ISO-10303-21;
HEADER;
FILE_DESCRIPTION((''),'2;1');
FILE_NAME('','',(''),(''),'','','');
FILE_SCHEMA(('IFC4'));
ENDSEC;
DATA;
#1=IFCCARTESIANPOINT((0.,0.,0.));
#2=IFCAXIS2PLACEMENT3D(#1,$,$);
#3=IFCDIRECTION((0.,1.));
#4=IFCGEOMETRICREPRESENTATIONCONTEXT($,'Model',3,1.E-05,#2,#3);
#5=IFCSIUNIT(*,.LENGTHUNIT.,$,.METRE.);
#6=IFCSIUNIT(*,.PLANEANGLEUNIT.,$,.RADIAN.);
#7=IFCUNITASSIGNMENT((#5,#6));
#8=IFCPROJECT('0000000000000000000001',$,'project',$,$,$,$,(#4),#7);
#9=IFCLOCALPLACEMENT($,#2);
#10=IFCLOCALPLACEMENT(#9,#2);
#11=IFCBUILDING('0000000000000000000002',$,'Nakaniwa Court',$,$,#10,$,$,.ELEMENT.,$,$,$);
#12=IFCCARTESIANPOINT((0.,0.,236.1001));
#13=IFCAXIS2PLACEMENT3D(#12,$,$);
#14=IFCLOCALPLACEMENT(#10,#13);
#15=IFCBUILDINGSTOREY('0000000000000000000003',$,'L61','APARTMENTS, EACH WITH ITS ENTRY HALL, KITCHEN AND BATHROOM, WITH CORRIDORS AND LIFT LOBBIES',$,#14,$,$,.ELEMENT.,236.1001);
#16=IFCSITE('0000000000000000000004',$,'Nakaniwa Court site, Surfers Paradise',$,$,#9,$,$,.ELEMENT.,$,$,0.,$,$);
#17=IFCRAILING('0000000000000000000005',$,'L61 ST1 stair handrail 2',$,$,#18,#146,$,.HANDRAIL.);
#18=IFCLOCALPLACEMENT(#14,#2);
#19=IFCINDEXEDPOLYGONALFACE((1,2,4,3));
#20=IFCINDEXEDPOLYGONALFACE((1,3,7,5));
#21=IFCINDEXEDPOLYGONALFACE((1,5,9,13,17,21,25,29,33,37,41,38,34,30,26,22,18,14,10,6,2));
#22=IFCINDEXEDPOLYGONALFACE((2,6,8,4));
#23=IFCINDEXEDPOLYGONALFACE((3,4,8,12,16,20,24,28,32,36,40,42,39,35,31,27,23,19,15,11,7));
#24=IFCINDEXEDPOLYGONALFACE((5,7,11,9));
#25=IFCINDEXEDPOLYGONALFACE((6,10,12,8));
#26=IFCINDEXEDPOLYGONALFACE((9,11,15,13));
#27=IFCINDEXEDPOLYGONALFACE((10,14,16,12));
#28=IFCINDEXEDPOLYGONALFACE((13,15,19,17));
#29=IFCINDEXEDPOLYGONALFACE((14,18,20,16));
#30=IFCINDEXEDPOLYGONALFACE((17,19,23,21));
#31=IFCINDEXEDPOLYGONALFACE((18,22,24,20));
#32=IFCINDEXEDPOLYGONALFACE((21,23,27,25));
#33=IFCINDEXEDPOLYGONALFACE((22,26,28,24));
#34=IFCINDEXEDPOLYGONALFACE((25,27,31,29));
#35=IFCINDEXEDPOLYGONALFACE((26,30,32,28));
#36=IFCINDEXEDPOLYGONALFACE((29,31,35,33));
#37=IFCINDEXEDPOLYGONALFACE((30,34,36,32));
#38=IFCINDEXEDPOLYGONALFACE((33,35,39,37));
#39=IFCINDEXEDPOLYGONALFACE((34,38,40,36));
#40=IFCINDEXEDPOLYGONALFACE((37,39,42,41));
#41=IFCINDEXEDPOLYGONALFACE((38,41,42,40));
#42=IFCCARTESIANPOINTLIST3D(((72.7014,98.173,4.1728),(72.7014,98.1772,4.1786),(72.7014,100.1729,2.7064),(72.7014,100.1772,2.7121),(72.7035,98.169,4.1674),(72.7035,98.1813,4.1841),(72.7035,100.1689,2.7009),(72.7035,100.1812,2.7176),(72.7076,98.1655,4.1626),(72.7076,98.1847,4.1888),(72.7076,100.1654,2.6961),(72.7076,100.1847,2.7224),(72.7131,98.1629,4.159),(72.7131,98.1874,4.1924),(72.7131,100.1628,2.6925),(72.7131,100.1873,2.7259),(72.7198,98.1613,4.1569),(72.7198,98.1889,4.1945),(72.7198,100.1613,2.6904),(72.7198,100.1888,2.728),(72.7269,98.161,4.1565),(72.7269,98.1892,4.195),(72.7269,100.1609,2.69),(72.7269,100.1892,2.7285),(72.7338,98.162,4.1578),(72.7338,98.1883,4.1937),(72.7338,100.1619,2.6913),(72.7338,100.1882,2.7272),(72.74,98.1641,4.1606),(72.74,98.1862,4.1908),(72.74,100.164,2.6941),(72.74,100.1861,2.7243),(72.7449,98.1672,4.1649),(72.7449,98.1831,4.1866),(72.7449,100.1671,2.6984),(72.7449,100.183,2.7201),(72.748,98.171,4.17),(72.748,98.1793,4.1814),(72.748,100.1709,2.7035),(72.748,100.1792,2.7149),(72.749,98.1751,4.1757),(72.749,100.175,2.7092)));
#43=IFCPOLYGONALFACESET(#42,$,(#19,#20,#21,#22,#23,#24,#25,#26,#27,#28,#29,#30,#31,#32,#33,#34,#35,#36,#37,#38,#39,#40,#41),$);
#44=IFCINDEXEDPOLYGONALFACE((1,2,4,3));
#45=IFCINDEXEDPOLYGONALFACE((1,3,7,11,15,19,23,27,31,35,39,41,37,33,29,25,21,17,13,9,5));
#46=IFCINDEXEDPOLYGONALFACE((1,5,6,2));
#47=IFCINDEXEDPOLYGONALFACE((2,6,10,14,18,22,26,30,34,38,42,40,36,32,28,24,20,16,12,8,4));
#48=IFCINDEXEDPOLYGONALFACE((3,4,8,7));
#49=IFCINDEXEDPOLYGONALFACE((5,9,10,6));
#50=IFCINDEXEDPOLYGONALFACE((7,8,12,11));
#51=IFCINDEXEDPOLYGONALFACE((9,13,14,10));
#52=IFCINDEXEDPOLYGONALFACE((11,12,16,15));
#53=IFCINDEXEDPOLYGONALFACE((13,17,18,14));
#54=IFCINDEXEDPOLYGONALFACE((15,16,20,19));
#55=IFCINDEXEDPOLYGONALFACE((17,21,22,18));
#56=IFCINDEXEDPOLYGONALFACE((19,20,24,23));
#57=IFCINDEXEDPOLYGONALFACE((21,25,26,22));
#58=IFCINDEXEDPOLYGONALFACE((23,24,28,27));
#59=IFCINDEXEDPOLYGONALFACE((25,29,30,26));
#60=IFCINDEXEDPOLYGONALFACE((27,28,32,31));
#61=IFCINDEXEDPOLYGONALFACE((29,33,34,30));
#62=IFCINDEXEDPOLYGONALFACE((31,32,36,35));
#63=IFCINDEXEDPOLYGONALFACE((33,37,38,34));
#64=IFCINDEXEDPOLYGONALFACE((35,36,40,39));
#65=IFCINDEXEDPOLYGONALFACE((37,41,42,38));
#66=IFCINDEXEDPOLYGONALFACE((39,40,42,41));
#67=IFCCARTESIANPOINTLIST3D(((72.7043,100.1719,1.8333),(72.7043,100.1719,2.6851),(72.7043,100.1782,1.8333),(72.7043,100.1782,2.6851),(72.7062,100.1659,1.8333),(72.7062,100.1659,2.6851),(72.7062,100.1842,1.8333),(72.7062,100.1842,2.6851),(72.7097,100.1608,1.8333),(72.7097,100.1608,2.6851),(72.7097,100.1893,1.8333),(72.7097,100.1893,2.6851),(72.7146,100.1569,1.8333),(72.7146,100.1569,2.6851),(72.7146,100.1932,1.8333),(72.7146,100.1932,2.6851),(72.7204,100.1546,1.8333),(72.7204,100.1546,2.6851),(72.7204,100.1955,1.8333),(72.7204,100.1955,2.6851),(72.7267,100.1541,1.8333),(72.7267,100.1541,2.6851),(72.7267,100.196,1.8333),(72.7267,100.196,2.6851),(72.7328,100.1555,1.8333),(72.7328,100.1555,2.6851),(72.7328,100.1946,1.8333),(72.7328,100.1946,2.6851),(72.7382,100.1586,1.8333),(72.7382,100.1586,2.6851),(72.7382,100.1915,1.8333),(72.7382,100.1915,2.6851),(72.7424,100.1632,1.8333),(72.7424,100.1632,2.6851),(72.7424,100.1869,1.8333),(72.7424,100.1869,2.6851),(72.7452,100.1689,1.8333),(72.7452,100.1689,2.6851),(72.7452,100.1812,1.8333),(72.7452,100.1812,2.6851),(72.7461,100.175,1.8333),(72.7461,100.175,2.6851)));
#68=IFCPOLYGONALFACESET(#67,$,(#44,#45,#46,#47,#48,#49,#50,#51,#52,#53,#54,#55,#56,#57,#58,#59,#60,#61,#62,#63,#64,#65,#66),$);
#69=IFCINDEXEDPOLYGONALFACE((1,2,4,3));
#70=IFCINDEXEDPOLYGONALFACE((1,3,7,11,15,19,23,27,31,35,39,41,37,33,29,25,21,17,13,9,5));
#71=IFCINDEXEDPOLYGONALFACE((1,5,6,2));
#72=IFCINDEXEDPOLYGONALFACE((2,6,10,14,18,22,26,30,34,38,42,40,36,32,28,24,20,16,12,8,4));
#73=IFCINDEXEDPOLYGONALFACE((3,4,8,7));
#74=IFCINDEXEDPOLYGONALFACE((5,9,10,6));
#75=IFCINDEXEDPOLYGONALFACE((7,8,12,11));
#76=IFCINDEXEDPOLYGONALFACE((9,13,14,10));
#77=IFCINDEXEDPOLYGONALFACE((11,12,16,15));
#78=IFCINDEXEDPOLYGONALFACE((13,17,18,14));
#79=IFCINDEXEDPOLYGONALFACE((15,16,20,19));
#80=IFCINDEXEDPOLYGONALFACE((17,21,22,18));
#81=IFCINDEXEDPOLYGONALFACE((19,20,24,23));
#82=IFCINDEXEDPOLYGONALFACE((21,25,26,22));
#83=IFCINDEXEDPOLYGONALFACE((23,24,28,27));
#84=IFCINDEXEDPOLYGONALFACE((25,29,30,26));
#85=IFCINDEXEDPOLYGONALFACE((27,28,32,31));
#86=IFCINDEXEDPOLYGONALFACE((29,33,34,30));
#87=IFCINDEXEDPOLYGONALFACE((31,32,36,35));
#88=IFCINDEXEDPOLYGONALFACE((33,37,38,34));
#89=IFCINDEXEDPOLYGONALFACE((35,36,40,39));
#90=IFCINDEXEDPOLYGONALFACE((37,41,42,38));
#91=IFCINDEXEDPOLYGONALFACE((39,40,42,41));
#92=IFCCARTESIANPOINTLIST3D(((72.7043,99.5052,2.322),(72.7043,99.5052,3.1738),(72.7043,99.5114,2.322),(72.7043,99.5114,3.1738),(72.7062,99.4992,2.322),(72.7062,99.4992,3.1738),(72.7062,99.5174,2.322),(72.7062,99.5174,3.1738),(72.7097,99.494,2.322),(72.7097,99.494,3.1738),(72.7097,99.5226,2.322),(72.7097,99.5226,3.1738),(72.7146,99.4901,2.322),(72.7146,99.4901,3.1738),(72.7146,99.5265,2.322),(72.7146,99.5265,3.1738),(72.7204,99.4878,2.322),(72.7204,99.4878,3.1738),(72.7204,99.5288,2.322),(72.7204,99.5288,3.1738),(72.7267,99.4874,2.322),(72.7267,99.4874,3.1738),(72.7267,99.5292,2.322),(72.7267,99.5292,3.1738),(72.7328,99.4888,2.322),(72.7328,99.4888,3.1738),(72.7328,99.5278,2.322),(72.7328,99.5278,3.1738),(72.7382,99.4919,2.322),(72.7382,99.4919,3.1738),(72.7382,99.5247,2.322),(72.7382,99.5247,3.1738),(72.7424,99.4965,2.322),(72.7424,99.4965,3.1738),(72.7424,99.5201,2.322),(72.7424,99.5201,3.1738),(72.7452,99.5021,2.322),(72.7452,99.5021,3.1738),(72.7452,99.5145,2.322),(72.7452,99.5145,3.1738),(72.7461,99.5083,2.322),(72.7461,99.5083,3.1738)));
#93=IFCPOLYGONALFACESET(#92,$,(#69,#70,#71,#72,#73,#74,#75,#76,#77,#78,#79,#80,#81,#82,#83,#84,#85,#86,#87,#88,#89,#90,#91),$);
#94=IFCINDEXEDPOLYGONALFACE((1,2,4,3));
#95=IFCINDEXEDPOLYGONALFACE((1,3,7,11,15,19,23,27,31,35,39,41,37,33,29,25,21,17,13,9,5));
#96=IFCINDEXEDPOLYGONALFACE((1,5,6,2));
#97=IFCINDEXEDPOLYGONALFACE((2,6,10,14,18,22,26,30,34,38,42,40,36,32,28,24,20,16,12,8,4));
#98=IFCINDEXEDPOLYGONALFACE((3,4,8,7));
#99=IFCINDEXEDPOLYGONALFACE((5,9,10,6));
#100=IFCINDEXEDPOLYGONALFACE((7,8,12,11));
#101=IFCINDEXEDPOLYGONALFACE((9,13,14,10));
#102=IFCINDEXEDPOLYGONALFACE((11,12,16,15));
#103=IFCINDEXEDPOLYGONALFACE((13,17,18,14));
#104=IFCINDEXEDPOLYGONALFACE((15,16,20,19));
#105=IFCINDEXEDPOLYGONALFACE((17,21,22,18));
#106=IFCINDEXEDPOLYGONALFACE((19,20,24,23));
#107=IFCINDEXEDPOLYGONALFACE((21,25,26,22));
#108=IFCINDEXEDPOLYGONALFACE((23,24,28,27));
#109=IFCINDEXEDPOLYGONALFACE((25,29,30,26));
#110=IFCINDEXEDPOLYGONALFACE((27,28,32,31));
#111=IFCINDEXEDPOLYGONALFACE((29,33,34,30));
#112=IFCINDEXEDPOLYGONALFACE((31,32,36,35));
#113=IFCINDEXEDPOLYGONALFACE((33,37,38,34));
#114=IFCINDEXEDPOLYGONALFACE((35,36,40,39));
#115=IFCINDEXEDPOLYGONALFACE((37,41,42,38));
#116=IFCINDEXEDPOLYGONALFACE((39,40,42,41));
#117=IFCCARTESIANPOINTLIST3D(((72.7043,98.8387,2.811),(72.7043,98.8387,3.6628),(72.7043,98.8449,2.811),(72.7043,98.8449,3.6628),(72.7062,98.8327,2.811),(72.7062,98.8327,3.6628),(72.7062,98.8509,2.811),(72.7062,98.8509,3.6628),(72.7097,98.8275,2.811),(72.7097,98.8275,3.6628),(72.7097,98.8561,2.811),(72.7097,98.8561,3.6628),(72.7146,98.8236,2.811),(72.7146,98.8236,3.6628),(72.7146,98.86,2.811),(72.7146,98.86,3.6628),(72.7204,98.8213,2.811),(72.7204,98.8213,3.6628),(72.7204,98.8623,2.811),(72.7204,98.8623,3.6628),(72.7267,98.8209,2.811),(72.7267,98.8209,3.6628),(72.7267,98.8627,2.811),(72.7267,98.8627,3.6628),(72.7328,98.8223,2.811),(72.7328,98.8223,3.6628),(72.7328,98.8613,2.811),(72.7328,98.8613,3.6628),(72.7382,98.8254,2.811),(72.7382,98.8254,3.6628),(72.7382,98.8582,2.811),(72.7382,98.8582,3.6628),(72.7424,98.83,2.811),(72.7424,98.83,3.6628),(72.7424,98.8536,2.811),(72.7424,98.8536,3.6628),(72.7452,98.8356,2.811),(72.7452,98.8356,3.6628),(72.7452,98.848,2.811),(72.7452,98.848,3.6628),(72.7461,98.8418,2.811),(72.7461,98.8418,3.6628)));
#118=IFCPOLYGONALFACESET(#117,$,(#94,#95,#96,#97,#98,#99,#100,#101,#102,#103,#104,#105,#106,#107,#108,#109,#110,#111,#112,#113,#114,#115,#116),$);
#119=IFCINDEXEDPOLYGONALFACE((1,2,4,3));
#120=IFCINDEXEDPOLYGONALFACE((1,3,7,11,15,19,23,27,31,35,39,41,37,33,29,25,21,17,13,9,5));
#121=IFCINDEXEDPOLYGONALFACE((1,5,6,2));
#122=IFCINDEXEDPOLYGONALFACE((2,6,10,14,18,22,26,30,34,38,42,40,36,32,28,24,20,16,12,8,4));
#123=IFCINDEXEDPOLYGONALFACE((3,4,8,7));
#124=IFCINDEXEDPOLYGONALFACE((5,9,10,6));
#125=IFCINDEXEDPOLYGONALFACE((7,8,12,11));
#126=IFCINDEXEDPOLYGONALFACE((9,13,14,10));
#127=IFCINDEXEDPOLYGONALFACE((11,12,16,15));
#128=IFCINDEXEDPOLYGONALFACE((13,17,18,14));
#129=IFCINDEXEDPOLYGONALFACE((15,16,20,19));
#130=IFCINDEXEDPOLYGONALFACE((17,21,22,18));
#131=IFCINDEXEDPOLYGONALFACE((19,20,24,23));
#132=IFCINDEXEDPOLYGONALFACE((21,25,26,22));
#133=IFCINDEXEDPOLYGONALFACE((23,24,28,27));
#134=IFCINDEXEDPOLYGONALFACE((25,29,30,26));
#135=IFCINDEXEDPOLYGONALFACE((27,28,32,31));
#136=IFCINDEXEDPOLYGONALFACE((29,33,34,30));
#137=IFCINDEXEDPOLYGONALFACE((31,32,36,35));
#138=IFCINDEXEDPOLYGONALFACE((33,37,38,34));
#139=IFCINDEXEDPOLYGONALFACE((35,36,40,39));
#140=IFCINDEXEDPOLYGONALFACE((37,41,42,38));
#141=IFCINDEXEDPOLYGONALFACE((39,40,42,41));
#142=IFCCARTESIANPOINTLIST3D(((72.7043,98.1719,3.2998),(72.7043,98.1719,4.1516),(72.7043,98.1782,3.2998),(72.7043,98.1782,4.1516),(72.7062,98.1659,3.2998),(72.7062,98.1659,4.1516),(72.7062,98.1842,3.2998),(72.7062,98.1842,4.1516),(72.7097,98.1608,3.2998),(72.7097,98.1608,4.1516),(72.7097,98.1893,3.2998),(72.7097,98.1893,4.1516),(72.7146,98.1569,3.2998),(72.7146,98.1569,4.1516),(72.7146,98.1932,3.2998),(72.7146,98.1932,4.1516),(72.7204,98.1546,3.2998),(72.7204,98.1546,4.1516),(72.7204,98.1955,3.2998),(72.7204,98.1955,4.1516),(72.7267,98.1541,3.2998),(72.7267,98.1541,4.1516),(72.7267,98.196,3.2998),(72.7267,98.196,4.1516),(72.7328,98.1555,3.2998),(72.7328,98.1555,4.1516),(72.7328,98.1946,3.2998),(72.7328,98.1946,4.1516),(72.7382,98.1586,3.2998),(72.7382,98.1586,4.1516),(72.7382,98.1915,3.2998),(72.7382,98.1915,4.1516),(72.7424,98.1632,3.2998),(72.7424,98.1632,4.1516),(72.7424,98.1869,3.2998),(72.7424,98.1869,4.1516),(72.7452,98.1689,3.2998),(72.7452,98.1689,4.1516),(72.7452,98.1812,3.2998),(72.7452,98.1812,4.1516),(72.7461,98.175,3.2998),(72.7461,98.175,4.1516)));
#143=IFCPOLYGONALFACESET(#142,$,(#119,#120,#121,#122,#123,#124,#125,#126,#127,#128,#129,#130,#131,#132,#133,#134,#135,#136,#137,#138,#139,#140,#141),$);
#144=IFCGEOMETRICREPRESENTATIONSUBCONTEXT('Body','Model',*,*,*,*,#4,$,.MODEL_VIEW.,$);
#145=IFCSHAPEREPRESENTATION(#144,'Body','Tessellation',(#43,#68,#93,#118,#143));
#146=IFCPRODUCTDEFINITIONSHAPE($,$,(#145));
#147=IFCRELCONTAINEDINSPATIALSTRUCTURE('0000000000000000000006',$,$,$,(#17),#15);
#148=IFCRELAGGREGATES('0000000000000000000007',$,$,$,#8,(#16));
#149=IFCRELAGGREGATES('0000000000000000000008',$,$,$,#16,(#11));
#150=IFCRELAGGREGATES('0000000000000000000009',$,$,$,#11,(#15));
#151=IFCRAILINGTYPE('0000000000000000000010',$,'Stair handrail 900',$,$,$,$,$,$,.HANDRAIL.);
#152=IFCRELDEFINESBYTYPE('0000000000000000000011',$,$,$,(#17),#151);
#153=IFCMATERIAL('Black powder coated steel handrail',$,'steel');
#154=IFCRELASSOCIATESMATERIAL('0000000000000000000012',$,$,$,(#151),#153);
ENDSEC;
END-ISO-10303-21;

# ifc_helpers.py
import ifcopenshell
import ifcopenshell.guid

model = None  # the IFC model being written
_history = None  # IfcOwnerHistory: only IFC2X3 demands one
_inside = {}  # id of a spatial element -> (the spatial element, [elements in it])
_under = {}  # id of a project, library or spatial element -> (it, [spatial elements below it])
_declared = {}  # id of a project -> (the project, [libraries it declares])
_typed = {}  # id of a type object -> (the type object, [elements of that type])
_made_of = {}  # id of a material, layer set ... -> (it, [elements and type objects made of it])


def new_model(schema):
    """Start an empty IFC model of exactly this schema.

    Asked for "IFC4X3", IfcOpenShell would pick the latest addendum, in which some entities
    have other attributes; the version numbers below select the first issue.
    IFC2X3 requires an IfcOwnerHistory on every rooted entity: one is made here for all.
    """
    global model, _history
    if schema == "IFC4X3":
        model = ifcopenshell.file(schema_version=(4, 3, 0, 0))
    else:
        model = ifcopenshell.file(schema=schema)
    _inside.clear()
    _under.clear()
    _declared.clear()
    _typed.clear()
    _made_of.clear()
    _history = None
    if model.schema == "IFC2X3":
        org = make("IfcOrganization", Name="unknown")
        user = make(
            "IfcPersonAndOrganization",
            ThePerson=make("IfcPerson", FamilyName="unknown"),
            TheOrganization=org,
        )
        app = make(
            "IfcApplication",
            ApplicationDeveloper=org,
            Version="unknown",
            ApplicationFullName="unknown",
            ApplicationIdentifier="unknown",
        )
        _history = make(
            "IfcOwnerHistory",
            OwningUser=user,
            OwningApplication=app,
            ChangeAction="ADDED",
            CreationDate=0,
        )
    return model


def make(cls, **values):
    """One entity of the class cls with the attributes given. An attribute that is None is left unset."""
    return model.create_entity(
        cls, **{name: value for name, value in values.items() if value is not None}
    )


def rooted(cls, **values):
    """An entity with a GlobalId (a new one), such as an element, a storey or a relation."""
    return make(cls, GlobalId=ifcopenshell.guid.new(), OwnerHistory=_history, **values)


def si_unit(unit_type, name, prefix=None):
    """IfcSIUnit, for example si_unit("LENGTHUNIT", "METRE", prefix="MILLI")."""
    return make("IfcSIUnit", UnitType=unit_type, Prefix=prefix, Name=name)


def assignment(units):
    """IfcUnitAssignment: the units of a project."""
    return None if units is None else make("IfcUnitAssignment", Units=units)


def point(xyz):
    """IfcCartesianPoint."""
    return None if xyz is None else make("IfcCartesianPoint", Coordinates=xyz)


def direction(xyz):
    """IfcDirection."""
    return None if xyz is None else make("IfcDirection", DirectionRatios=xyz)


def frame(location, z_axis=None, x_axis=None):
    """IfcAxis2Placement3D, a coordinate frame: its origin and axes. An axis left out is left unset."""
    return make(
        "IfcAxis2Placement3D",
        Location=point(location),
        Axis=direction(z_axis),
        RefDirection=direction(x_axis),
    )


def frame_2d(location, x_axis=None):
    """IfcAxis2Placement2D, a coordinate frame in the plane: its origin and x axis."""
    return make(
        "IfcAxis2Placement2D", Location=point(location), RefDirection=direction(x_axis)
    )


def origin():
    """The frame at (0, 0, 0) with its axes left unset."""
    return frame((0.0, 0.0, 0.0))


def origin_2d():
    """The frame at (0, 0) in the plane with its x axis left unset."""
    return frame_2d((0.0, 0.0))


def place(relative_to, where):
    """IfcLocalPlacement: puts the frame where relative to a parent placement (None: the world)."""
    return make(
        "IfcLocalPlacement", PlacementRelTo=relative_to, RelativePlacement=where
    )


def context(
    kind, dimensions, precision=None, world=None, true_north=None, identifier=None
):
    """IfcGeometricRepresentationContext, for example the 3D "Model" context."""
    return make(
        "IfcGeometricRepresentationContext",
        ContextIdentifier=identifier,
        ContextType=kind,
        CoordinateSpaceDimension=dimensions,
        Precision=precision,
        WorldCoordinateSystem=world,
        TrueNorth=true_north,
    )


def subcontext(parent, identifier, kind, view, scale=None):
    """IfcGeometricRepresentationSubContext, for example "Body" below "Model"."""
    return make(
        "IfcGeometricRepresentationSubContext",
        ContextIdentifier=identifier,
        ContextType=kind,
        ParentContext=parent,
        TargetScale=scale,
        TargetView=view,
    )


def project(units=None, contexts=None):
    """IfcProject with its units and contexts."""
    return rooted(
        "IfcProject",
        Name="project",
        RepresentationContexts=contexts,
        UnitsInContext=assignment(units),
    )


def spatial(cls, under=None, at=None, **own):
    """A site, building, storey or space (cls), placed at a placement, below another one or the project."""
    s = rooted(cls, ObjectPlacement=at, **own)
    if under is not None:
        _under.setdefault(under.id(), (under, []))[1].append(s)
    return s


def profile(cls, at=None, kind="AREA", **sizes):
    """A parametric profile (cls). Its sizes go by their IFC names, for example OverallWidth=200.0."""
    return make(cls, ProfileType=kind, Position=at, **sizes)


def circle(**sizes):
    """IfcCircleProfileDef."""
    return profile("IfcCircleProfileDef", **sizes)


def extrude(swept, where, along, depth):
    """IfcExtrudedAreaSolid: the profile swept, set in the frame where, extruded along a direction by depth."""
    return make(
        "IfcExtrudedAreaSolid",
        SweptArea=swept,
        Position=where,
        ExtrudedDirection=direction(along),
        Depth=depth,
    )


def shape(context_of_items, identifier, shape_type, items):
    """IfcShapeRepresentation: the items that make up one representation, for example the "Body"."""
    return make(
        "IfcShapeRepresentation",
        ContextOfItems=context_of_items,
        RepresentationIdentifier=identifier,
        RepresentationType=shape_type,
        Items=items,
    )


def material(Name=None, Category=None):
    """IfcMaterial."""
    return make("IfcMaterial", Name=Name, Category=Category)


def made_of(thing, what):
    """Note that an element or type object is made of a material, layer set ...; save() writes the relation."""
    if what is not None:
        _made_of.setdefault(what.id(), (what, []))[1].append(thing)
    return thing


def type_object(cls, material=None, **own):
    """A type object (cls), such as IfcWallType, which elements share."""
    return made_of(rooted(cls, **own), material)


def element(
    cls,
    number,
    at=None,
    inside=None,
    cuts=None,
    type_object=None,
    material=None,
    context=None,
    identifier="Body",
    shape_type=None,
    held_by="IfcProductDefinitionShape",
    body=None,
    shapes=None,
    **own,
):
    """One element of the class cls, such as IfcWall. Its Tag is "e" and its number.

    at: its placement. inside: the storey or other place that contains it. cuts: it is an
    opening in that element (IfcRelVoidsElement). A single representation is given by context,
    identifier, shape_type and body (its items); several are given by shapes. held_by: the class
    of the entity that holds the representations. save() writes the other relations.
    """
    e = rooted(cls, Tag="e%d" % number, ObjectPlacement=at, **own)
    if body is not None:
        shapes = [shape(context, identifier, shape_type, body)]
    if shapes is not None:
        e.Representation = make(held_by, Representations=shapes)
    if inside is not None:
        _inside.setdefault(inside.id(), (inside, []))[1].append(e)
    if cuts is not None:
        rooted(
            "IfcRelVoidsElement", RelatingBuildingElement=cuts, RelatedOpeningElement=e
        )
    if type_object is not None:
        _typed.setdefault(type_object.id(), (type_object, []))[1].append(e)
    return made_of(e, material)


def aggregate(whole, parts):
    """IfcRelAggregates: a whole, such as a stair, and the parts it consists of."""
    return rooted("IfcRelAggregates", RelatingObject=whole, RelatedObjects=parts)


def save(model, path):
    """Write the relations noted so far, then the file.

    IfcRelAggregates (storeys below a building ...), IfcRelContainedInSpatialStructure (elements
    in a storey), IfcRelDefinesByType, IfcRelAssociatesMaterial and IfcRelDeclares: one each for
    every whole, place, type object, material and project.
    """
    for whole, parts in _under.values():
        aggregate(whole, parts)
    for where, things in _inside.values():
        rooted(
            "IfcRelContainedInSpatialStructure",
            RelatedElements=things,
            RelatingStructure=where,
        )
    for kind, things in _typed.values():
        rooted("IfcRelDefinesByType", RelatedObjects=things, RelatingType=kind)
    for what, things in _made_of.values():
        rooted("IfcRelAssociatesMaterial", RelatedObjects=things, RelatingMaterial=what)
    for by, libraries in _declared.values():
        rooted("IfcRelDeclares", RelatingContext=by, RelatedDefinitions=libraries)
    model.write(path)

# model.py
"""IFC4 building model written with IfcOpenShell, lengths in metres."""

from ifc_helpers import new_model, si_unit, direction, frame, origin, origin_2d, place, context, subcontext, project, spatial, circle, extrude, material, type_object, element, save


model = new_model("IFC4")

# Units and contexts
model_context = context("Model", 3, precision=1e-05, world=origin(), true_north=direction((0.0, 1.0)))
body_context = subcontext(model_context, "Body", "Model", "MODEL_VIEW")
ifc_project = project(units=[si_unit("LENGTHUNIT", "METRE"), si_unit("PLANEANGLEUNIT", "RADIAN")], contexts=[model_context])

# Site, building, storey
site_placement = place(None, origin())
site = spatial("IfcSite", under=ifc_project, at=site_placement, Name="Nakaniwa Court site, Surfers Paradise", CompositionType="ELEMENT", RefElevation=0.0)
building_placement = place(site_placement, origin())
building = spatial("IfcBuilding", under=site, at=building_placement, Name="Nakaniwa Court", CompositionType="ELEMENT")
storey_placement = place(building_placement, frame((0.0, 0.0, 236.1001)))
storey = spatial("IfcBuildingStorey", under=building, at=storey_placement, Name="L61", Description="APARTMENTS, EACH WITH ITS ENTRY HALL, KITCHEN AND BATHROOM, WITH CORRIDORS AND LIFT LOBBIES", CompositionType="ELEMENT", Elevation=236.1001)

# Railing
ifc_material_1 = material(Name="Black powder coated steel handrail", Category="steel")
railing_type_1 = type_object("IfcRailingType", Name="Stair handrail 900", PredefinedType="HANDRAIL", material=ifc_material_1)
railing_1_placement = place(storey_placement, frame((72.7251, 100.175, 1.8333)))
element("IfcRailing", 1, at=railing_1_placement, inside=storey, type_object=railing_type_1, Name="L61 ST1 stair handrail 2", PredefinedType="HANDRAIL", context=body_context, shape_type="SweptSolid", body=[
    extrude(circle(Radius=0.0239, at=origin_2d()), frame((0.0, 0.0, 0.876), z_axis=(0.0, -0.806427, 0.591334), x_axis=(1.0, 0.0, 0.0)), (0.0, 0.0, 1.0), 2.48),
    extrude(circle(Radius=0.021, at=origin_2d()), origin(), (0.0, 0.0, 1.0), 0.8518),
    extrude(circle(Radius=0.021, at=origin_2d()), frame((0.0, -0.6667, 0.4888)), (0.0, 0.0, 1.0), 0.8518),
    extrude(circle(Radius=0.021, at=origin_2d()), frame((0.0, -1.3333, 0.9778)), (0.0, 0.0, 1.0), 0.8518),
    extrude(circle(Radius=0.021, at=origin_2d()), frame((0.0, -2.0, 1.4666)), (0.0, 0.0, 1.0), 0.8518),
])

save(model, "model.ifc")
